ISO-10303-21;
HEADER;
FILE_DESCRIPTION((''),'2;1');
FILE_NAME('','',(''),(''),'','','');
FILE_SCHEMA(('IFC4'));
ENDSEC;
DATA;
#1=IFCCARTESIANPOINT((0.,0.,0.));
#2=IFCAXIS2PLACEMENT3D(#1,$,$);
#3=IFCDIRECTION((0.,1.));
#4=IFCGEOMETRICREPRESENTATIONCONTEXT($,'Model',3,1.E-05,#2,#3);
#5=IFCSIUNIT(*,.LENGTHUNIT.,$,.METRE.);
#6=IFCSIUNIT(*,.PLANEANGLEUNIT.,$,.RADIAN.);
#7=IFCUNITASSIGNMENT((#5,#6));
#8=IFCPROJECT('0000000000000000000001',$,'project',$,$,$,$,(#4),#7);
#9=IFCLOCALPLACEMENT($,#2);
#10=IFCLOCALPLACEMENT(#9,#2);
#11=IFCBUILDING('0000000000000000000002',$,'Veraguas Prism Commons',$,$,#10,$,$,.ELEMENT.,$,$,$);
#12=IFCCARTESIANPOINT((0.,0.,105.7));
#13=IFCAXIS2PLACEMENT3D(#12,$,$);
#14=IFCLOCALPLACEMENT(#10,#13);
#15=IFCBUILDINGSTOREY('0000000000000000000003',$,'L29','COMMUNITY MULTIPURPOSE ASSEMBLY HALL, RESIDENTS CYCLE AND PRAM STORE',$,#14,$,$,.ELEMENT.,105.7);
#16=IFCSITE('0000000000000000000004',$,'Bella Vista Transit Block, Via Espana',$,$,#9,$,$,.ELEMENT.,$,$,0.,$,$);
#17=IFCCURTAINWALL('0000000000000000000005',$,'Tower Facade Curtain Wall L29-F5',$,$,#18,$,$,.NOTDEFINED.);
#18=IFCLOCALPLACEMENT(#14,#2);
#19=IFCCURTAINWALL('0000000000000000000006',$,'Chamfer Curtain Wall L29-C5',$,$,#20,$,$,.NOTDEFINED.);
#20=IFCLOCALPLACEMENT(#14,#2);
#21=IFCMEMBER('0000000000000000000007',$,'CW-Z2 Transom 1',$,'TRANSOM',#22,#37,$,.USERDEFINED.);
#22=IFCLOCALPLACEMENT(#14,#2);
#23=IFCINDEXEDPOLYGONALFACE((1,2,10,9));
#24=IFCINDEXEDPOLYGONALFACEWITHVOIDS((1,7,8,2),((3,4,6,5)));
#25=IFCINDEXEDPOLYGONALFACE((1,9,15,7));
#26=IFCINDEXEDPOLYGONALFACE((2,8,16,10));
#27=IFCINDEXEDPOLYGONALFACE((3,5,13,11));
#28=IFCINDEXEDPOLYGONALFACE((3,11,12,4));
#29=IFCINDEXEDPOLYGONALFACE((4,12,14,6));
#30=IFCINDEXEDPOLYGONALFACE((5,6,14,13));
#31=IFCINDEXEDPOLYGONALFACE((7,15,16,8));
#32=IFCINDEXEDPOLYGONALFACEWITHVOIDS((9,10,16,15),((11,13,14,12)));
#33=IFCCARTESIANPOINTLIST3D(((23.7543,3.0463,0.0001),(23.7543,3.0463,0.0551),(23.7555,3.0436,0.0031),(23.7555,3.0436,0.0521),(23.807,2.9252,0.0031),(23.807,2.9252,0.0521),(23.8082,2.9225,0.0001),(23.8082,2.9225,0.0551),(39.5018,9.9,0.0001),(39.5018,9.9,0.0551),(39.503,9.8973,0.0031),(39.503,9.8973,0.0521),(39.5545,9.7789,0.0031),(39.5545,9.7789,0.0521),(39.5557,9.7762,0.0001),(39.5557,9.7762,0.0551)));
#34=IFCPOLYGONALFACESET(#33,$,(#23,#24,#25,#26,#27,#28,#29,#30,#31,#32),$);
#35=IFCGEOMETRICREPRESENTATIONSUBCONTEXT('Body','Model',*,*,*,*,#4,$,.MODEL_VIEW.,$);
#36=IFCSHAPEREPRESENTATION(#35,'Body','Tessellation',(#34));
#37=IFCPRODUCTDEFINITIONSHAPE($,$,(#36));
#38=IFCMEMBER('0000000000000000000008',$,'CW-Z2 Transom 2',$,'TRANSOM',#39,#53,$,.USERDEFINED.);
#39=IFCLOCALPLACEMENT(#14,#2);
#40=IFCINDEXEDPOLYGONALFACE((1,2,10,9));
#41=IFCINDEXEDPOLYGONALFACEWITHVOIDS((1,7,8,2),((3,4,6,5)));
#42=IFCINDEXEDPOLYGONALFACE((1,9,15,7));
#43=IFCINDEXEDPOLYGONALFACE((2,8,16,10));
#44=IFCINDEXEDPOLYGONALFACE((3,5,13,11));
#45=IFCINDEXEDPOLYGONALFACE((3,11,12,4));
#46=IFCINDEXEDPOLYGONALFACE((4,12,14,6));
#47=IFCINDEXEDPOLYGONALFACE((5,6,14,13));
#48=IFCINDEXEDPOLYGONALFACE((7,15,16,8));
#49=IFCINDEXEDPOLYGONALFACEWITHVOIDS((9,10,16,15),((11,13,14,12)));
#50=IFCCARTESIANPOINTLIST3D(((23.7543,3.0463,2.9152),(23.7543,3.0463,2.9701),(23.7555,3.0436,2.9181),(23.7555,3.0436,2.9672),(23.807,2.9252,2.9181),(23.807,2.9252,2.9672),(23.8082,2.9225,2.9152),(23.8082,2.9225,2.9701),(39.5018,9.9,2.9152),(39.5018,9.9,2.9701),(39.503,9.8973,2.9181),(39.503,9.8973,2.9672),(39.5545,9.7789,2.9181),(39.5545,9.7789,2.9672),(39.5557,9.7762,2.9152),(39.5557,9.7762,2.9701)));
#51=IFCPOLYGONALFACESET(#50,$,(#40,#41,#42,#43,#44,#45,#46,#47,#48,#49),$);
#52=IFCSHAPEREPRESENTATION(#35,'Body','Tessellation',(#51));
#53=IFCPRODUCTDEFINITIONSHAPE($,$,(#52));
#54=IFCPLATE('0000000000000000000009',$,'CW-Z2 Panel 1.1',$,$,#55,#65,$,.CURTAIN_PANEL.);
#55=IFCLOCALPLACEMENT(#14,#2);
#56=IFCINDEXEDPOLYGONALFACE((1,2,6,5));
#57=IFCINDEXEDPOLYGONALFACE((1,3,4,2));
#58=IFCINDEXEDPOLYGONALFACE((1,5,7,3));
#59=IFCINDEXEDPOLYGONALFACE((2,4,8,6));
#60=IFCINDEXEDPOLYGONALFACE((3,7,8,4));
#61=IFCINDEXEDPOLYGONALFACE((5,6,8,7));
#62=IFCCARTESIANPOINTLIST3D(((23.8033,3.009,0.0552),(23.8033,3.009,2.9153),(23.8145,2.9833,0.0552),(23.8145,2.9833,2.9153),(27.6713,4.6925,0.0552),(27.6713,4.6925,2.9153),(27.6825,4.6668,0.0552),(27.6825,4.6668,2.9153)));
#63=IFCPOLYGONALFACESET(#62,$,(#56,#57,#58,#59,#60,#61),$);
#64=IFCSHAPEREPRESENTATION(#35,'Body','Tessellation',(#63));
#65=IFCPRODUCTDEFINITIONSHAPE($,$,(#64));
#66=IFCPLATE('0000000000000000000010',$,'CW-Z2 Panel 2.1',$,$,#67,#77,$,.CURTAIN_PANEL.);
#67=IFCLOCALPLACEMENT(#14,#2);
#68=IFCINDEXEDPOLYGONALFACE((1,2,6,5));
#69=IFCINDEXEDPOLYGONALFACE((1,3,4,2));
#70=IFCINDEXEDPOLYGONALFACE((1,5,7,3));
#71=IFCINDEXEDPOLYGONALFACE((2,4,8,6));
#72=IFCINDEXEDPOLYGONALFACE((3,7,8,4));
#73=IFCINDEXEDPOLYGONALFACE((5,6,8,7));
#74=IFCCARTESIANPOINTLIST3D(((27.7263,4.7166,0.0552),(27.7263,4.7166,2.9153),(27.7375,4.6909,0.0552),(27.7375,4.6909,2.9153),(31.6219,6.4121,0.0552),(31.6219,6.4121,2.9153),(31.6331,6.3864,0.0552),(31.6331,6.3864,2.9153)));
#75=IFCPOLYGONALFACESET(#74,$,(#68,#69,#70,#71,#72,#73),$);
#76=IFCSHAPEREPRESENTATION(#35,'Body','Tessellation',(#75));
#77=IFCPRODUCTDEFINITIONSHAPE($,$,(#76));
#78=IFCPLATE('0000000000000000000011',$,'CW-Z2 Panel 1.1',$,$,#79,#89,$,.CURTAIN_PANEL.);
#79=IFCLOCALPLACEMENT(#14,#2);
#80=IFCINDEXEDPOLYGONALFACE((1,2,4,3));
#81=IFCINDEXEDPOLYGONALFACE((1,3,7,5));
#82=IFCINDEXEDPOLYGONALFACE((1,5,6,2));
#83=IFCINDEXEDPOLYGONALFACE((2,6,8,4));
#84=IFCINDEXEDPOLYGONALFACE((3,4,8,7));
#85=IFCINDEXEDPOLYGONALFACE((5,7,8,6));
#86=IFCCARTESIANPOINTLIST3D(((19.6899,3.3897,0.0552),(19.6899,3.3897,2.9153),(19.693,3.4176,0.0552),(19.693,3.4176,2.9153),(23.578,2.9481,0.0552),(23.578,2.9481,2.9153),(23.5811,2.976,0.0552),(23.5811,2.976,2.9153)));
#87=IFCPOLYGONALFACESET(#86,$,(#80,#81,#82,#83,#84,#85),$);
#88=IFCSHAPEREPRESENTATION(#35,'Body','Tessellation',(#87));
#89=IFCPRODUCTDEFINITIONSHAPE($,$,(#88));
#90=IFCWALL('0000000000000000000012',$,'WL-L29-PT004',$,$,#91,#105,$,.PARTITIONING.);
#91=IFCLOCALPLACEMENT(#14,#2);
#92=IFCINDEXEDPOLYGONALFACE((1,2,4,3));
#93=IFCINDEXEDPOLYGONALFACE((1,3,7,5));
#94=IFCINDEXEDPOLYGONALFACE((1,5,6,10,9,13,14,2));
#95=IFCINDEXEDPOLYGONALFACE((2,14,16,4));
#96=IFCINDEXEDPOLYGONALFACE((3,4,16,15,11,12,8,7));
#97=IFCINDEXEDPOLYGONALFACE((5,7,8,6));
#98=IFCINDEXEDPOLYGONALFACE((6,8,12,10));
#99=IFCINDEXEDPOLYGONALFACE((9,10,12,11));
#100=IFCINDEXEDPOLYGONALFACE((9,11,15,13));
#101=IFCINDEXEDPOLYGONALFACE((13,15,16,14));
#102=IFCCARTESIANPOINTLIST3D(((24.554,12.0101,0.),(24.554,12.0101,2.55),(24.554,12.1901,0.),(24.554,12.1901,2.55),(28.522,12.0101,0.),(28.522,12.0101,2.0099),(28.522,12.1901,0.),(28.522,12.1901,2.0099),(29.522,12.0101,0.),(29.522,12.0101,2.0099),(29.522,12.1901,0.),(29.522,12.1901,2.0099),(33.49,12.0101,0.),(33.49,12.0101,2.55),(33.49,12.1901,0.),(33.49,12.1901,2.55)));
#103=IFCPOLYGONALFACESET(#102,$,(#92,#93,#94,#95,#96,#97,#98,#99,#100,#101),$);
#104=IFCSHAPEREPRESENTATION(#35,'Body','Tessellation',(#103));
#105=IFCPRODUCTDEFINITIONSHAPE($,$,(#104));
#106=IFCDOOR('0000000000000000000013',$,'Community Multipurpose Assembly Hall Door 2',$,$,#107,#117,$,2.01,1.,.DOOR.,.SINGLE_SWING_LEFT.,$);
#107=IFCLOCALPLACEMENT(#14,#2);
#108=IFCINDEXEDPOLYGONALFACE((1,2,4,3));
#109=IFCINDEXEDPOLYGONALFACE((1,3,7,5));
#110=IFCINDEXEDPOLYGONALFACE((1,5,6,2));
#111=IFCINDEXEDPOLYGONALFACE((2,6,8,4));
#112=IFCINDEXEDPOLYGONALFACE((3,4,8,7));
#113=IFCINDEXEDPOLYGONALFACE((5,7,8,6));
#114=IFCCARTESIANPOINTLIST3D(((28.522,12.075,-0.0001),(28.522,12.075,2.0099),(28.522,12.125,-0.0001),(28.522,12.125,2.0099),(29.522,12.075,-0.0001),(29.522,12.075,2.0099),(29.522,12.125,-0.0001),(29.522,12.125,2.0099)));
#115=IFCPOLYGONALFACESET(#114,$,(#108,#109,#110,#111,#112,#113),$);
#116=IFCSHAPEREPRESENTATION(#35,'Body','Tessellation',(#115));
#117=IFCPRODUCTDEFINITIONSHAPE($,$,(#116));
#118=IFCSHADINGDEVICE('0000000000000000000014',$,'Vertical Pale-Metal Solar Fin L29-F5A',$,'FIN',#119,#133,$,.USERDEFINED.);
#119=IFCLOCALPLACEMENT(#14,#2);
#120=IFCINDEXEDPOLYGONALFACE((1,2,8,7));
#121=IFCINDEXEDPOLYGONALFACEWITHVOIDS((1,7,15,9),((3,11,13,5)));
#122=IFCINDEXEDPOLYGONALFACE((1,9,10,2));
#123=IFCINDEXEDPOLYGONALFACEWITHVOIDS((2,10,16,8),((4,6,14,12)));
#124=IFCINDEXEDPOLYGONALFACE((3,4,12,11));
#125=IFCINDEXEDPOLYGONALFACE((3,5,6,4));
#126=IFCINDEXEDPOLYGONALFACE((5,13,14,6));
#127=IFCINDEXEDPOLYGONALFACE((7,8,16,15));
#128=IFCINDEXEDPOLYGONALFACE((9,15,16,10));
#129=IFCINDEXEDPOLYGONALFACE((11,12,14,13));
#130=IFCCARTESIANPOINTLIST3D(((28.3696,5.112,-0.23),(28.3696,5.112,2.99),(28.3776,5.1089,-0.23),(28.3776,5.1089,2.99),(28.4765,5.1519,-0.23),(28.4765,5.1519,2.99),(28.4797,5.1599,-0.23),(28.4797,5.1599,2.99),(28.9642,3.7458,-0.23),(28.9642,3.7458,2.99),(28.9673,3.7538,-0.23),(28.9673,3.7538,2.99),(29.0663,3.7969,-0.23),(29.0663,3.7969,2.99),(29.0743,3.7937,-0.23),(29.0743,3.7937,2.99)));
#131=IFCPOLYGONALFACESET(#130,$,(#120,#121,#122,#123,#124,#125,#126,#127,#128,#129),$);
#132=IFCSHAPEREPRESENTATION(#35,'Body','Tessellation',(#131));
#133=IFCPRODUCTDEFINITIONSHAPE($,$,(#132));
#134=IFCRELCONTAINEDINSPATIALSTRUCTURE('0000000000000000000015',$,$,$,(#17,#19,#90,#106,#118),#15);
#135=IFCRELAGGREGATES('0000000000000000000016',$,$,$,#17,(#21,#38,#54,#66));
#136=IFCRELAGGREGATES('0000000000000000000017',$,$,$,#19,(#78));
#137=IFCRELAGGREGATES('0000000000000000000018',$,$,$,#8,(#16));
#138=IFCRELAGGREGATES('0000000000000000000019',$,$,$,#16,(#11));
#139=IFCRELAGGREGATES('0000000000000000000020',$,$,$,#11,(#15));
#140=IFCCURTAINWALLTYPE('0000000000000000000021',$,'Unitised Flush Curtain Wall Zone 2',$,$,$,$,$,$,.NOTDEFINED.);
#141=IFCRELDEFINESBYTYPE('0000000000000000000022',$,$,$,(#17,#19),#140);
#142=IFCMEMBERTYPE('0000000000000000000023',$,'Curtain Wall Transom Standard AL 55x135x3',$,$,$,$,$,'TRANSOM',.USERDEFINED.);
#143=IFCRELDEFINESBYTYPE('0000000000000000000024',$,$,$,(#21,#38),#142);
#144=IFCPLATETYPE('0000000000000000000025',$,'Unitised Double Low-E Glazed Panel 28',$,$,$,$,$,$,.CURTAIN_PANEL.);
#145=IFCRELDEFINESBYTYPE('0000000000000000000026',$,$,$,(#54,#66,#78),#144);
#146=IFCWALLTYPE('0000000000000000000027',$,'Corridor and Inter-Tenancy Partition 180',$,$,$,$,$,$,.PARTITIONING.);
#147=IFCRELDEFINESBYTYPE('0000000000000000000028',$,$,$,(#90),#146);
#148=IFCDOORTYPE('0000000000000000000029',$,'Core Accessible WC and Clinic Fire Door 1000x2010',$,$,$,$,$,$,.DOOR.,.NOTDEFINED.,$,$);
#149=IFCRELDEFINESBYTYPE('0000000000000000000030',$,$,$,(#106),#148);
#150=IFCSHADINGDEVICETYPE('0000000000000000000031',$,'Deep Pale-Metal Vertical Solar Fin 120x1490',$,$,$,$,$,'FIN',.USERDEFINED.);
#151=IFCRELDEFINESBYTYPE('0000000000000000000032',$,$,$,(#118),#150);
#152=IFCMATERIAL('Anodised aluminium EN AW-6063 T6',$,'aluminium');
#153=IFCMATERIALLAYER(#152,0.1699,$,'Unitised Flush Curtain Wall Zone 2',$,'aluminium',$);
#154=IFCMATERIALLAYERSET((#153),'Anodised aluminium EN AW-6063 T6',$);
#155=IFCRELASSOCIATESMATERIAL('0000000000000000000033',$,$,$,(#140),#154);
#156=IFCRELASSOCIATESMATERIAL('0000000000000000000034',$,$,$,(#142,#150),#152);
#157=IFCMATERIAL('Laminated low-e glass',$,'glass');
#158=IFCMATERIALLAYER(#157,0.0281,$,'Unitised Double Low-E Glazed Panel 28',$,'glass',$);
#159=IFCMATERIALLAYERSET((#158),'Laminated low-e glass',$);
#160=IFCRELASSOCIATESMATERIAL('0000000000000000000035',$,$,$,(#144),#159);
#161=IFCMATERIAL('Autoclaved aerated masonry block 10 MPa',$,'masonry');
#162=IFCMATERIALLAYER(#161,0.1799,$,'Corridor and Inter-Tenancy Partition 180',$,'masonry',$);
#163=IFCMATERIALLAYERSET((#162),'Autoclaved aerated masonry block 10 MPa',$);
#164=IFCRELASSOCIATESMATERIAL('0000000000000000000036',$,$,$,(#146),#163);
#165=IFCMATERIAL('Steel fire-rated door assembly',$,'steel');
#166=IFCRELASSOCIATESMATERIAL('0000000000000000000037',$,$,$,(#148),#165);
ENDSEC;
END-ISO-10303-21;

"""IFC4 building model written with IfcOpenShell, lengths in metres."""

from ifc_helpers import new_model, si_unit, direction, frame, frame_2d, origin, origin_2d, place, context, subcontext, project, spatial, rectangle, hollow_rectangle, extrude, source, transform, mapped, material, layer, layer_set, material_profile, profile_set, type_object, element, fill, aggregate, save


model = new_model("IFC4")

# Units and contexts
model_context = context("Model", 3, precision=1e-05, world=origin(), true_north=direction((0.0, 1.0)))
body_context = subcontext(model_context, "Body", "Model", "MODEL_VIEW")
ifc_project = project(units=[si_unit("LENGTHUNIT", "METRE"), si_unit("PLANEANGLEUNIT", "RADIAN")], contexts=[model_context])

# Site, building, storey
site_placement = place(None, origin())
site = spatial("IfcSite", under=ifc_project, at=site_placement, Name="Bella Vista Transit Block, Via Espana", CompositionType="ELEMENT", RefElevation=0.0)
building_placement = place(site_placement, origin())
building = spatial("IfcBuilding", under=site, at=building_placement, Name="Veraguas Prism Commons", CompositionType="ELEMENT")
storey_placement = place(building_placement, frame((0.0, 0.0, 105.7)))
storey = spatial("IfcBuildingStorey", under=building, at=storey_placement, Name="L29", Description="COMMUNITY MULTIPURPOSE ASSEMBLY HALL, RESIDENTS CYCLE AND PRAM STORE", CompositionType="ELEMENT", Elevation=105.7)

# Curtain wall
ifc_material_1 = material(Name="Anodised aluminium EN AW-6063 T6", Category="aluminium")
ifc_layer_1 = layer(ifc_material_1, 0.1699, Name="Unitised Flush Curtain Wall Zone 2", Category="aluminium")
ifc_layer_set_1 = layer_set([ifc_layer_1], Name="Anodised aluminium EN AW-6063 T6")
curtain_wall_type = type_object("IfcCurtainWallType", Name="Unitised Flush Curtain Wall Zone 2", PredefinedType="NOTDEFINED", material=ifc_layer_set_1)
curtain_wall_1_placement = place(storey_placement, origin())
curtain_wall_1 = element("IfcCurtainWall", 1, at=curtain_wall_1_placement, inside=storey, type_object=curtain_wall_type, Name="Tower Facade Curtain Wall L29-F5", PredefinedType="NOTDEFINED")

# Curtain wall
curtain_wall_2_placement = place(storey_placement, origin())
curtain_wall_2 = element("IfcCurtainWall", 2, at=curtain_wall_2_placement, inside=storey, type_object=curtain_wall_type, Name="Chamfer Curtain Wall L29-C5", PredefinedType="NOTDEFINED")

# Members
ifc_material_profile_1 = material_profile(ifc_material_1, hollow_rectangle(XDim=0.0549, YDim=0.135, WallThickness=0.0029, at=origin_2d()), Name="AL55X135X3")
ifc_profile_set_1 = profile_set([ifc_material_profile_1], Name="Anodised aluminium EN AW-6063 T6")
member_type_1 = type_object("IfcMemberType", Name="Curtain Wall Transom Standard AL 55x135x3", ElementType="TRANSOM", PredefinedType="USERDEFINED", material=ifc_profile_set_1)
shared_shape_1 = source(origin(), body_context, "Body", "SweptSolid", [
    extrude(hollow_rectangle(XDim=0.0549, YDim=0.135, WallThickness=0.0029, at=origin_2d()), origin(), (0.0, 0.0, 1.0), 17.1743),
])
member_1_placement = place(storey_placement, frame((23.7812, 2.9844, 0.0276), z_axis=(0.916921, 0.399069, 0.0), x_axis=(0.0, 0.0, 1.0)))
member_1 = element("IfcMember", 3, at=member_1_placement, type_object=member_type_1, Name="CW-Z2 Transom 1", ObjectType="TRANSOM", PredefinedType="USERDEFINED", context=body_context, shape_type="MappedRepresentation", body=[
    mapped(shared_shape_1, transform((0.0, 0.0, 0.0), scale=1.0)),
])
member_2_placement = place(storey_placement, frame((23.7812, 2.9844, 2.9426), z_axis=(0.916921, 0.399069, 0.0), x_axis=(0.0, 0.0, 1.0)))
member_2 = element("IfcMember", 4, at=member_2_placement, type_object=member_type_1, Name="CW-Z2 Transom 2", ObjectType="TRANSOM", PredefinedType="USERDEFINED", context=body_context, shape_type="MappedRepresentation", body=[
    mapped(shared_shape_1, transform((0.0, 0.0, 0.0), scale=1.0)),
])

# Plates
ifc_material_2 = material(Name="Laminated low-e glass", Category="glass")
ifc_layer_2 = layer(ifc_material_2, 0.0281, Name="Unitised Double Low-E Glazed Panel 28", Category="glass")
ifc_layer_set_2 = layer_set([ifc_layer_2], Name="Laminated low-e glass")
plate_type = type_object("IfcPlateType", Name="Unitised Double Low-E Glazed Panel 28", PredefinedType="CURTAIN_PANEL", material=ifc_layer_set_2)
shared_shape_2 = source(origin(), body_context, "Body", "SweptSolid", [
    extrude(rectangle(XDim=4.2185, YDim=0.0281, at=origin_2d()), origin(), (0.0, 0.0, 1.0), 2.8601),
])
plate_1_placement = place(storey_placement, frame((25.7429, 3.8379, 0.0552), z_axis=(0.0, 0.0, 1.0), x_axis=(0.916919, 0.399072, 0.0)))
plate_1 = element("IfcPlate", 5, at=plate_1_placement, type_object=plate_type, Name="CW-Z2 Panel 1.1", PredefinedType="CURTAIN_PANEL", context=body_context, shape_type="MappedRepresentation", body=[
    mapped(shared_shape_2, transform((0.0, 0.0, 0.0), scale=1.0)),
])
shared_shape_3 = source(origin(), body_context, "Body", "SweptSolid", [
    extrude(rectangle(XDim=4.2485, YDim=0.0281, at=origin_2d()), origin(), (0.0, 0.0, 1.0), 2.8601),
])
plate_2_placement = place(storey_placement, frame((29.6797, 5.5515, 0.0552), z_axis=(0.0, 0.0, 1.0), x_axis=(0.916919, 0.399072, 0.0)))
plate_2 = element("IfcPlate", 6, at=plate_2_placement, type_object=plate_type, Name="CW-Z2 Panel 2.1", PredefinedType="CURTAIN_PANEL", context=body_context, shape_type="MappedRepresentation", body=[
    mapped(shared_shape_3, transform((0.0, 0.0, 0.0), scale=1.0)),
])
aggregate(curtain_wall_1, [member_1, member_2, plate_1, plate_2])
shared_shape_4 = source(origin(), body_context, "Body", "SweptSolid", [
    extrude(rectangle(XDim=3.9131, YDim=0.0281, at=origin_2d()), origin(), (0.0, 0.0, 1.0), 2.8601),
])
plate_3_placement = place(storey_placement, frame((21.6355, 3.1829, 0.0552), z_axis=(0.0, 0.0, 1.0), x_axis=(0.993613, -0.112839, 0.0)))
plate_3 = element("IfcPlate", 7, at=plate_3_placement, type_object=plate_type, Name="CW-Z2 Panel 1.1", PredefinedType="CURTAIN_PANEL", context=body_context, shape_type="MappedRepresentation", body=[
    mapped(shared_shape_4, transform((0.0, 0.0, 0.0), scale=1.0)),
])
aggregate(curtain_wall_2, [plate_3])

# Wall, opening, door
ifc_material_3 = material(Name="Autoclaved aerated masonry block 10 MPa", Category="masonry")
ifc_layer_3 = layer(ifc_material_3, 0.1799, Name="Corridor and Inter-Tenancy Partition 180", Category="masonry")
ifc_layer_set_3 = layer_set([ifc_layer_3], Name="Autoclaved aerated masonry block 10 MPa")
wall_type = type_object("IfcWallType", Name="Corridor and Inter-Tenancy Partition 180", PredefinedType="PARTITIONING", material=ifc_layer_set_3)
wall_placement = place(storey_placement, frame((24.554, 12.1001, 0.0), z_axis=(0.0, 0.0, 1.0), x_axis=(1.0, 0.0, 0.0)))
wall = element("IfcWall", 8, at=wall_placement, inside=storey, type_object=wall_type, Name="WL-L29-PT004", PredefinedType="PARTITIONING", context=body_context, shape_type="SweptSolid", body=[
    extrude(rectangle(XDim=8.936, YDim=0.1799, at=frame_2d((4.468, 0.0))), origin(), (0.0, 0.0, 1.0), 2.55),
])
opening_placement = place(wall_placement, frame((3.968, 0.0, 0.0)))
opening = element("IfcOpeningElement", 9, at=opening_placement, cuts=wall, PredefinedType="OPENING", context=body_context, shape_type="SweptSolid", body=[
    extrude(rectangle(XDim=1.0, YDim=2.01, at=frame_2d((0.5, 1.0049))), frame((0.0, 0.0999, 0.0), z_axis=(0.0, -1.0, 0.0), x_axis=(1.0, 0.0, 0.0)), (0.0, 0.0, 1.0), 0.2),
])
ifc_material_4 = material(Name="Steel fire-rated door assembly", Category="steel")
door_type = type_object("IfcDoorType", Name="Core Accessible WC and Clinic Fire Door 1000x2010", OperationType="NOTDEFINED", PredefinedType="DOOR", material=ifc_material_4)
shared_shape_5 = source(origin(), body_context, "Body", "SweptSolid", [
    extrude(rectangle(XDim=1.0, YDim=2.01, at=frame_2d((0.5, 1.0049))), frame((0.0, 0.0249, 0.0), z_axis=(0.0, -1.0, 0.0), x_axis=(1.0, 0.0, 0.0)), (0.0, 0.0, 1.0), 0.05),
])
door_placement = place(opening_placement, origin())
door = element("IfcDoor", 10, at=door_placement, inside=storey, type_object=door_type, Name="Community Multipurpose Assembly Hall Door 2", OperationType="SINGLE_SWING_LEFT", OverallHeight=2.01, OverallWidth=1.0, PredefinedType="DOOR", context=body_context, shape_type="MappedRepresentation", body=[
    mapped(shared_shape_5, transform((0.0, 0.0, 0.0), scale=1.0)),
])
fill(opening, door)

# Shading device
ifc_material_profile_2 = material_profile(ifc_material_1, hollow_rectangle(XDim=0.1201, YDim=1.49, WallThickness=0.0061, at=origin_2d()), Name="FIN120X1490X6")
ifc_profile_set_2 = profile_set([ifc_material_profile_2], Name="Anodised aluminium EN AW-6063 T6")
shading_device_type = type_object("IfcShadingDeviceType", Name="Deep Pale-Metal Vertical Solar Fin 120x1490", ElementType="FIN", PredefinedType="USERDEFINED", material=ifc_profile_set_2)
shading_device_placement = place(storey_placement, frame((28.7219, 4.4529, -0.23), z_axis=(0.0, 0.0, 1.0), x_axis=(0.916921, 0.399069, 0.0)))
element("IfcShadingDevice", 11, at=shading_device_placement, inside=storey, type_object=shading_device_type, Name="Vertical Pale-Metal Solar Fin L29-F5A", ObjectType="FIN", PredefinedType="USERDEFINED", context=body_context, shape_type="SweptSolid", body=[
    extrude(hollow_rectangle(XDim=0.1201, YDim=1.49, WallThickness=0.0061, at=origin_2d()), origin(), (0.0, 0.0, 1.0), 3.22),
])

save(model, "model.ifc")
